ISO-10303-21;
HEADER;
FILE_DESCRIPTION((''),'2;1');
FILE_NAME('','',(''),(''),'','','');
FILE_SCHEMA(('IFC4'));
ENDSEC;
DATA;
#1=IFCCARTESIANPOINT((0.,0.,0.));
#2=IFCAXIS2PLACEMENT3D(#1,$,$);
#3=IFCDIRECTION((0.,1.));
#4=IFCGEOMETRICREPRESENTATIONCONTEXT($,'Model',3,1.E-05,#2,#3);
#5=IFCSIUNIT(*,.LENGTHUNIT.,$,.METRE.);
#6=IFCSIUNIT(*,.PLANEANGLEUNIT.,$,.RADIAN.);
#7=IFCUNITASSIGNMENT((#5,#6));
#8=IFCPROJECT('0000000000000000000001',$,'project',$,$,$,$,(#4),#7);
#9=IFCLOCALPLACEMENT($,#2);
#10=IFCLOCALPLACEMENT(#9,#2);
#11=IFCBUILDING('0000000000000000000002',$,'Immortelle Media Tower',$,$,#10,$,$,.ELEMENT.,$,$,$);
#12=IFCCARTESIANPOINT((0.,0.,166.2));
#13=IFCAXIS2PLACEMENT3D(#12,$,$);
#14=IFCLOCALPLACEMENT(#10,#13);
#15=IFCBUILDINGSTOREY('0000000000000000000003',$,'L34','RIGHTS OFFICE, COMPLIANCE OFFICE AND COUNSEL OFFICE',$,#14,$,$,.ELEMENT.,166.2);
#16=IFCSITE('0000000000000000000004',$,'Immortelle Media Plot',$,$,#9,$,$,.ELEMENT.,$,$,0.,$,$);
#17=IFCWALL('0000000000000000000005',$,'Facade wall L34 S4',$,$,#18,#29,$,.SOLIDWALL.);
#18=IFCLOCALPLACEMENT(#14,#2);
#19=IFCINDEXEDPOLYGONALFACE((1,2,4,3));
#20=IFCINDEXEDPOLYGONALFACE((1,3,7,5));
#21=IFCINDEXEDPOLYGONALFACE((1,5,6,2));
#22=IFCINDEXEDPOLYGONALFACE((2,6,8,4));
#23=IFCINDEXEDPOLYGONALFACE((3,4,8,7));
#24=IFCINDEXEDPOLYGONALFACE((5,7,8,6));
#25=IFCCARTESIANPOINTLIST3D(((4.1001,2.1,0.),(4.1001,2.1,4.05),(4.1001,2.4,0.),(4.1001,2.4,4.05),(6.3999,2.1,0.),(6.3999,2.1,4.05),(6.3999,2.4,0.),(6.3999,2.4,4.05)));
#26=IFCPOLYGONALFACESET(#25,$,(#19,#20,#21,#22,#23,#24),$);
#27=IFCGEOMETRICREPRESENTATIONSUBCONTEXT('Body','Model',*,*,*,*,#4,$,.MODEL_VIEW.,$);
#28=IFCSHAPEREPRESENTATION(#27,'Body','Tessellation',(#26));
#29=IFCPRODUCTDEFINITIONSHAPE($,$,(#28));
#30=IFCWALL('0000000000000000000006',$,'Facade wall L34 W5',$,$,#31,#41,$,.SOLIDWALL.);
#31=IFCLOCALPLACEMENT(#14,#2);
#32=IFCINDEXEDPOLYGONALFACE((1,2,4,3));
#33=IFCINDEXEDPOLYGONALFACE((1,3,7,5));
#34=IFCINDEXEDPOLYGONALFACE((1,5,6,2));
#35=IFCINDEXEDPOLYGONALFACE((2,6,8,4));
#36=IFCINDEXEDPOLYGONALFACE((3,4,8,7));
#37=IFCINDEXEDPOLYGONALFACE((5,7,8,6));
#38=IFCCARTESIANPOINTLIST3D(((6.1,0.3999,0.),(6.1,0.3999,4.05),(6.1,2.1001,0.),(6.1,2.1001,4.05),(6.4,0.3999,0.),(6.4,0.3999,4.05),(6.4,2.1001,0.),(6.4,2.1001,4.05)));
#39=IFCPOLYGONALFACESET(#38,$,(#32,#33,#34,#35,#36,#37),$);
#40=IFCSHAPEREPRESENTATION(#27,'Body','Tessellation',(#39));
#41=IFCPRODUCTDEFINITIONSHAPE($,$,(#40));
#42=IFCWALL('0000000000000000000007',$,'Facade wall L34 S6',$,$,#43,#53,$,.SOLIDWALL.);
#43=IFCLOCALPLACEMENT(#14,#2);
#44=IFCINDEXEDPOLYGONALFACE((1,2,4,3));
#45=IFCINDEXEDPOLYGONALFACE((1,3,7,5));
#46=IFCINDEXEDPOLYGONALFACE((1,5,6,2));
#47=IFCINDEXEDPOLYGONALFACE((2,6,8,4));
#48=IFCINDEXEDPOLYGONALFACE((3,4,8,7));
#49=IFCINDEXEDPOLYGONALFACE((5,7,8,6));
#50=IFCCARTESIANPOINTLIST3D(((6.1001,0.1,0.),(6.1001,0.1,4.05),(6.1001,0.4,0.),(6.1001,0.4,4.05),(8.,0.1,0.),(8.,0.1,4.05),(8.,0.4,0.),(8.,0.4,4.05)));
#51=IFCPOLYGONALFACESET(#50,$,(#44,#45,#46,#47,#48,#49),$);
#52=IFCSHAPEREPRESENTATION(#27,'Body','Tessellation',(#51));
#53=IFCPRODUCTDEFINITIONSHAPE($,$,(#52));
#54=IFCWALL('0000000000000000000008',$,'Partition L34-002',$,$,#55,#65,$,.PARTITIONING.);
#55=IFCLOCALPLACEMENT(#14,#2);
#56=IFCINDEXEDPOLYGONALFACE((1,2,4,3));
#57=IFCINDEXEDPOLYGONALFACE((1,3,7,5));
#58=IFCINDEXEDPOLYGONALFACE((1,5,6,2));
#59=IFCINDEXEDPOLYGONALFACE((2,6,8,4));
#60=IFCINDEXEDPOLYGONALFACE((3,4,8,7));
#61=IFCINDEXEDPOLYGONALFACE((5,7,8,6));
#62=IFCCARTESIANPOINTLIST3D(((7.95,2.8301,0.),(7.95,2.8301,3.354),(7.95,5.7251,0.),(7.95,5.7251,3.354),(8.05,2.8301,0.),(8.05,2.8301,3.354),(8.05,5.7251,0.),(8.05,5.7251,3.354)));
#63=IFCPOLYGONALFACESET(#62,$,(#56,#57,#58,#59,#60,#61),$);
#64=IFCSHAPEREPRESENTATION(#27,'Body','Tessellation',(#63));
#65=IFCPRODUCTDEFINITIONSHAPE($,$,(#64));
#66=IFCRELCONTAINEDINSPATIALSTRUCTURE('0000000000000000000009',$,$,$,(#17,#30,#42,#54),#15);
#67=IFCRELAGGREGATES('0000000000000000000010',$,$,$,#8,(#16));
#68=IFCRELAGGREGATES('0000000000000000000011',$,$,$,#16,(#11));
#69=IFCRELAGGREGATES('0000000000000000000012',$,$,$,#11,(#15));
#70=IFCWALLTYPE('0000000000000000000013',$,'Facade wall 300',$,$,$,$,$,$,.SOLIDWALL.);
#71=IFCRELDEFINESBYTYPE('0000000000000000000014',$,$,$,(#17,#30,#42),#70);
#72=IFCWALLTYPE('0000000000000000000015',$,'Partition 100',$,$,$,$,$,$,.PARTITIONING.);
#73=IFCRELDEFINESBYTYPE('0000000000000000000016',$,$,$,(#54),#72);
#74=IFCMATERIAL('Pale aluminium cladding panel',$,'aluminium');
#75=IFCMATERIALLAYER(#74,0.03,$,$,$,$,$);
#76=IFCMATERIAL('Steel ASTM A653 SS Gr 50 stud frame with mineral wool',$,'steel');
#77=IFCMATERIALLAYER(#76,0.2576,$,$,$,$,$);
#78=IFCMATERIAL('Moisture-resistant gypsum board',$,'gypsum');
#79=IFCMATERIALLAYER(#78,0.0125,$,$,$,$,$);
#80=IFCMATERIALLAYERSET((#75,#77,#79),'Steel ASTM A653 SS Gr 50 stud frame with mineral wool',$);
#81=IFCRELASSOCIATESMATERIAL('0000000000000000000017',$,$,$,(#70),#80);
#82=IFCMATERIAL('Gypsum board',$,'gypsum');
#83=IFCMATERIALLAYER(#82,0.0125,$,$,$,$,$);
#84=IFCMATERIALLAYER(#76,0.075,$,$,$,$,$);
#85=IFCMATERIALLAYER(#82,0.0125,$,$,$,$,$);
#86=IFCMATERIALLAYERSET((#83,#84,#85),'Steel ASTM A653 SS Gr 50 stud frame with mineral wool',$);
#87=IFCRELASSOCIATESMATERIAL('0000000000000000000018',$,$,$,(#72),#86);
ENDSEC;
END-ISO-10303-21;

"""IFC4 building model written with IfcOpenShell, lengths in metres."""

from ifc_helpers import new_model, si_unit, direction, frame, frame_2d, origin, place, context, subcontext, project, spatial, rectangle, extrude, material, layer, layer_set, type_object, element, save


model = new_model("IFC4")

# Units and contexts
model_context = context("Model", 3, precision=1e-05, world=origin(), true_north=direction((0.0, 1.0)))
body_context = subcontext(model_context, "Body", "Model", "MODEL_VIEW")
ifc_project = project(units=[si_unit("LENGTHUNIT", "METRE"), si_unit("PLANEANGLEUNIT", "RADIAN")], contexts=[model_context])

# Site, building, storey
site_placement = place(None, origin())
site = spatial("IfcSite", under=ifc_project, at=site_placement, Name="Immortelle Media Plot", CompositionType="ELEMENT", RefElevation=0.0)
building_placement = place(site_placement, origin())
building = spatial("IfcBuilding", under=site, at=building_placement, Name="Immortelle Media Tower", CompositionType="ELEMENT")
storey_placement = place(building_placement, frame((0.0, 0.0, 166.2)))
storey = spatial("IfcBuildingStorey", under=building, at=storey_placement, Name="L34", Description="RIGHTS OFFICE, COMPLIANCE OFFICE AND COUNSEL OFFICE", CompositionType="ELEMENT", Elevation=166.2)

# Walls
ifc_material_1 = material(Name="Pale aluminium cladding panel", Category="aluminium")
ifc_layer_1 = layer(ifc_material_1, 0.03)
ifc_material_2 = material(Name="Steel ASTM A653 SS Gr 50 stud frame with mineral wool", Category="steel")
ifc_layer_2 = layer(ifc_material_2, 0.2576)
ifc_material_3 = material(Name="Moisture-resistant gypsum board", Category="gypsum")
ifc_layer_3 = layer(ifc_material_3, 0.0125)
ifc_layer_set_1 = layer_set([ifc_layer_1, ifc_layer_2, ifc_layer_3], Name="Steel ASTM A653 SS Gr 50 stud frame with mineral wool")
wall_type_1 = type_object("IfcWallType", Name="Facade wall 300", PredefinedType="SOLIDWALL", material=ifc_layer_set_1)
wall_1_placement = place(storey_placement, frame((4.1001, 2.25, 0.0), z_axis=(0.0, 0.0, 1.0), x_axis=(1.0, 0.0, 0.0)))
element("IfcWall", 1, at=wall_1_placement, inside=storey, type_object=wall_type_1, Name="Facade wall L34 S4", PredefinedType="SOLIDWALL", context=body_context, shape_type="SweptSolid", body=[
    extrude(rectangle(XDim=2.2998, YDim=0.3, at=frame_2d((1.1499, 0.0))), origin(), (0.0, 0.0, 1.0), 4.05),
])
wall_2_placement = place(storey_placement, frame((6.25, 2.1001, 0.0), z_axis=(0.0, 0.0, 1.0), x_axis=(0.0, -1.0, 0.0)))
element("IfcWall", 2, at=wall_2_placement, inside=storey, type_object=wall_type_1, Name="Facade wall L34 W5", PredefinedType="SOLIDWALL", context=body_context, shape_type="SweptSolid", body=[
    extrude(rectangle(XDim=1.7002, YDim=0.3, at=frame_2d((0.8501, 0.0))), origin(), (0.0, 0.0, 1.0), 4.05),
])
wall_3_placement = place(storey_placement, frame((6.1001, 0.25, 0.0), z_axis=(0.0, 0.0, 1.0), x_axis=(1.0, 0.0, 0.0)))
element("IfcWall", 3, at=wall_3_placement, inside=storey, type_object=wall_type_1, Name="Facade wall L34 S6", PredefinedType="SOLIDWALL", context=body_context, shape_type="SweptSolid", body=[
    extrude(rectangle(XDim=1.8999, YDim=0.3, at=frame_2d((0.95, 0.0))), origin(), (0.0, 0.0, 1.0), 4.05),
])
ifc_material_4 = material(Name="Gypsum board", Category="gypsum")
ifc_layer_4 = layer(ifc_material_4, 0.0125)
ifc_layer_5 = layer(ifc_material_2, 0.075)
ifc_layer_6 = layer(ifc_material_4, 0.0125)
ifc_layer_set_2 = layer_set([ifc_layer_4, ifc_layer_5, ifc_layer_6], Name="Steel ASTM A653 SS Gr 50 stud frame with mineral wool")
wall_type_2 = type_object("IfcWallType", Name="Partition 100", PredefinedType="PARTITIONING", material=ifc_layer_set_2)
wall_4_placement = place(storey_placement, frame((8.0, 2.8301, 0.0), z_axis=(0.0, 0.0, 1.0), x_axis=(0.0, 1.0, 0.0)))
element("IfcWall", 4, at=wall_4_placement, inside=storey, type_object=wall_type_2, Name="Partition L34-002", PredefinedType="PARTITIONING", context=body_context, shape_type="SweptSolid", body=[
    extrude(rectangle(XDim=2.895, YDim=0.1001, at=frame_2d((1.4475, 0.0))), origin(), (0.0, 0.0, 1.0), 3.354),
])

save(model, "model.ifc")
